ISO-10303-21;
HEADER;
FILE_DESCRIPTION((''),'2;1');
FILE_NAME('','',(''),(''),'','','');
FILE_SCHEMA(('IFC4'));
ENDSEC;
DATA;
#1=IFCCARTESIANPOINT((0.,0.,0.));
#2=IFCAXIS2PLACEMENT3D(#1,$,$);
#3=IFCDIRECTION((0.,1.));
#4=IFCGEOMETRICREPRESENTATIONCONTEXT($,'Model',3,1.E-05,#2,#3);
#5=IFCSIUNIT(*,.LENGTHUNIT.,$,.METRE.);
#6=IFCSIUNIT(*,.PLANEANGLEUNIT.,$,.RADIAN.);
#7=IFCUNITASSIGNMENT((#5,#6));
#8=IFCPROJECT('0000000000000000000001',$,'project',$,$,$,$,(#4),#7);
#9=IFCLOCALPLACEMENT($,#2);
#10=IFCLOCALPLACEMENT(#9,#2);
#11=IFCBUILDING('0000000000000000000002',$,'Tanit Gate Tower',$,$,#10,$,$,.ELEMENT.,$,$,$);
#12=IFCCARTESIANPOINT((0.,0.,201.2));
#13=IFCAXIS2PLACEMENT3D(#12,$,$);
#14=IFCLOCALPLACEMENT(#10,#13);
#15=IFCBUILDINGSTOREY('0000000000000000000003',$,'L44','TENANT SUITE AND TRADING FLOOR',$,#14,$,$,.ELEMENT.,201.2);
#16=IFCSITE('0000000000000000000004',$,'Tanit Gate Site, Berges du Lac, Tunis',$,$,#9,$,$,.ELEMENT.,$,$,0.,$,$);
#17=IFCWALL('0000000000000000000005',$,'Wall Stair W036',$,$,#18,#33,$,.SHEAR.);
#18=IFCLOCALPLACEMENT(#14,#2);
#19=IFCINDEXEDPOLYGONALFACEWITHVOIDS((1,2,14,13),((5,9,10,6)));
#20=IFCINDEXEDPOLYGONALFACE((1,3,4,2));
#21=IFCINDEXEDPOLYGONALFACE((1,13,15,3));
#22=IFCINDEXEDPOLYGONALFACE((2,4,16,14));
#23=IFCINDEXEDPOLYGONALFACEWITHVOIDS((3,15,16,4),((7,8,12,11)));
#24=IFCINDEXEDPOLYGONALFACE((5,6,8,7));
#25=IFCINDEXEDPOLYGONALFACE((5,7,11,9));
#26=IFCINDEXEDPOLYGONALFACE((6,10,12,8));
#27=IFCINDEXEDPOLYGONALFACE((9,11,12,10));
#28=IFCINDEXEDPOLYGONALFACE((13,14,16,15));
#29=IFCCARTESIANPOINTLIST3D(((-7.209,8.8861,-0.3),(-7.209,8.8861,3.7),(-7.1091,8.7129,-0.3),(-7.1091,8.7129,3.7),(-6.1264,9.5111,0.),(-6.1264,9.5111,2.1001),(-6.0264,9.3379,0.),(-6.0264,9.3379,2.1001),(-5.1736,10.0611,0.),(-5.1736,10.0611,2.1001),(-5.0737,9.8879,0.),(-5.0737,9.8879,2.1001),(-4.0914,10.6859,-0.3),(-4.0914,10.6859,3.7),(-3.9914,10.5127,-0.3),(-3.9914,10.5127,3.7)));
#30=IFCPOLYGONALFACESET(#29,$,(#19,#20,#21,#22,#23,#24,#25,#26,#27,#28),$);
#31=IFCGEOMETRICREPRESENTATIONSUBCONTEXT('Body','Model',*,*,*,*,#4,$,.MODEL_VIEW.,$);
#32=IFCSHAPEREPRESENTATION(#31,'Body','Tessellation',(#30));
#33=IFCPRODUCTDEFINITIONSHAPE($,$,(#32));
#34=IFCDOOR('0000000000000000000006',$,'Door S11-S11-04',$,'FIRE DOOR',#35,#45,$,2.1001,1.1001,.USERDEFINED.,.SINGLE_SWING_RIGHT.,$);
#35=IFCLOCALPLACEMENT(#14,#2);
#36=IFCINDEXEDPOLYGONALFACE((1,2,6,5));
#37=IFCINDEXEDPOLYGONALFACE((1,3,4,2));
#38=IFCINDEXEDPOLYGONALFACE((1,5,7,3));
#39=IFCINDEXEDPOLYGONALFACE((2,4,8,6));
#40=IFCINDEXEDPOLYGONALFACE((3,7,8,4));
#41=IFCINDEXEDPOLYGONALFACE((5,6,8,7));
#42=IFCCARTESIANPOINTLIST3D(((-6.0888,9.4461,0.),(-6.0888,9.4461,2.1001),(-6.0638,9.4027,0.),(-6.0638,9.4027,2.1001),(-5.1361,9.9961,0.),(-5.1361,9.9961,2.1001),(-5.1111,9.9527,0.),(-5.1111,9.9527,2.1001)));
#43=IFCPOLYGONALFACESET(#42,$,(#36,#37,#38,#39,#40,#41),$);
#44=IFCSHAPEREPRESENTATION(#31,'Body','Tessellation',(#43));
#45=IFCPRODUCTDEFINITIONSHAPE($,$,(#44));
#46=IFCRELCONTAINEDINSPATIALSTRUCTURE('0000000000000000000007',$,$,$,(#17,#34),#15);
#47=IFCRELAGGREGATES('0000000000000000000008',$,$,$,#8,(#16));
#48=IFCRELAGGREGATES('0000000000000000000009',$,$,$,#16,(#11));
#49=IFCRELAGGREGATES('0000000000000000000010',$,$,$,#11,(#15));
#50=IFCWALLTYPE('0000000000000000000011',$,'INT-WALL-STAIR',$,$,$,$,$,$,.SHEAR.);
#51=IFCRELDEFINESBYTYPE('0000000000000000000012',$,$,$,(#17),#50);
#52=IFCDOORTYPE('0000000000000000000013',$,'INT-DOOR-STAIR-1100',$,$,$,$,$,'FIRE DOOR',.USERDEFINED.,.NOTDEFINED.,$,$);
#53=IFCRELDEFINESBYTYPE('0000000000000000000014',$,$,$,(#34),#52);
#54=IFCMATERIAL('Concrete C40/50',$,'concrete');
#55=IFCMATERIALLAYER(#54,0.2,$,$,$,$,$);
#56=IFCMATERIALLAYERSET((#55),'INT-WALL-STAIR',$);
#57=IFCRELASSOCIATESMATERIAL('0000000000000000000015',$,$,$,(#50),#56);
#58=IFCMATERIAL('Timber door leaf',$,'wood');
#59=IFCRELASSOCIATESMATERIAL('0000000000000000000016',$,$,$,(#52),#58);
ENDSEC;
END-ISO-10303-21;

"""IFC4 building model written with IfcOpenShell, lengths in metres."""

from ifc_helpers import new_model, si_unit, direction, frame, frame_2d, origin, place, context, subcontext, project, spatial, rectangle, extrude, material, layer, layer_set, type_object, element, fill, save


model = new_model("IFC4")

# Units and contexts
model_context = context("Model", 3, precision=1e-05, world=origin(), true_north=direction((0.0, 1.0)))
body_context = subcontext(model_context, "Body", "Model", "MODEL_VIEW")
ifc_project = project(units=[si_unit("LENGTHUNIT", "METRE"), si_unit("PLANEANGLEUNIT", "RADIAN")], contexts=[model_context])

# Site, building, storey
site_placement = place(None, origin())
site = spatial("IfcSite", under=ifc_project, at=site_placement, Name="Tanit Gate Site, Berges du Lac, Tunis", CompositionType="ELEMENT", RefElevation=0.0)
building_placement = place(site_placement, origin())
building = spatial("IfcBuilding", under=site, at=building_placement, Name="Tanit Gate Tower", CompositionType="ELEMENT")
storey_placement = place(building_placement, frame((0.0, 0.0, 201.2)))
storey = spatial("IfcBuildingStorey", under=building, at=storey_placement, Name="L44", Description="TENANT SUITE AND TRADING FLOOR", CompositionType="ELEMENT", Elevation=201.2)

# Wall, opening, door
ifc_material_1 = material(Name="Concrete C40/50", Category="concrete")
ifc_layer_1 = layer(ifc_material_1, 0.2)
ifc_layer_set_1 = layer_set([ifc_layer_1], Name="INT-WALL-STAIR")
wall_type_1 = type_object("IfcWallType", Name="INT-WALL-STAIR", PredefinedType="SHEAR", material=ifc_layer_set_1)
wall_1_placement = place(storey_placement, frame((-7.1589, 8.7996, -0.3), z_axis=(0.0, 0.0, 1.0), x_axis=(0.866048, 0.499961, 0.0)))
wall_1 = element("IfcWall", 1, at=wall_1_placement, inside=storey, type_object=wall_type_1, Name="Wall Stair W036", PredefinedType="SHEAR", context=body_context, shape_type="SweptSolid", body=[
    extrude(rectangle(XDim=3.5999, YDim=0.2, at=frame_2d((1.7998, 0.0))), origin(), (0.0, 0.0, 1.0), 4.0),
])
opening_1_placement = place(wall_1_placement, frame((1.25, 0.0, 0.3)))
opening_1 = element("IfcOpeningElement", 2, at=opening_1_placement, cuts=wall_1, PredefinedType="OPENING", context=body_context, shape_type="SweptSolid", body=[
    extrude(rectangle(XDim=1.1001, YDim=2.1001, at=frame_2d((0.55, 1.05))), frame((0.0, 0.1099, 0.0), z_axis=(0.0, -1.0, 0.0), x_axis=(1.0, 0.0, 0.0)), (0.0, 0.0, 1.0), 0.22),
])
ifc_material_2 = material(Name="Timber door leaf", Category="wood")
door_type_1 = type_object("IfcDoorType", Name="INT-DOOR-STAIR-1100", ElementType="FIRE DOOR", OperationType="NOTDEFINED", PredefinedType="USERDEFINED", material=ifc_material_2)
door_1_placement = place(opening_1_placement, origin())
door_1 = element("IfcDoor", 3, at=door_1_placement, inside=storey, type_object=door_type_1, Name="Door S11-S11-04", ObjectType="FIRE DOOR", OperationType="SINGLE_SWING_RIGHT", OverallHeight=2.1001, OverallWidth=1.1001, PredefinedType="USERDEFINED", context=body_context, shape_type="SweptSolid", body=[
    extrude(rectangle(XDim=1.1001, YDim=2.1001, at=frame_2d((0.55, 1.05))), frame((0.0, 0.0249, 0.0), z_axis=(0.0, -1.0, 0.0), x_axis=(1.0, 0.0, 0.0)), (0.0, 0.0, 1.0), 0.05),
])
fill(opening_1, door_1)

save(model, "model.ifc")
